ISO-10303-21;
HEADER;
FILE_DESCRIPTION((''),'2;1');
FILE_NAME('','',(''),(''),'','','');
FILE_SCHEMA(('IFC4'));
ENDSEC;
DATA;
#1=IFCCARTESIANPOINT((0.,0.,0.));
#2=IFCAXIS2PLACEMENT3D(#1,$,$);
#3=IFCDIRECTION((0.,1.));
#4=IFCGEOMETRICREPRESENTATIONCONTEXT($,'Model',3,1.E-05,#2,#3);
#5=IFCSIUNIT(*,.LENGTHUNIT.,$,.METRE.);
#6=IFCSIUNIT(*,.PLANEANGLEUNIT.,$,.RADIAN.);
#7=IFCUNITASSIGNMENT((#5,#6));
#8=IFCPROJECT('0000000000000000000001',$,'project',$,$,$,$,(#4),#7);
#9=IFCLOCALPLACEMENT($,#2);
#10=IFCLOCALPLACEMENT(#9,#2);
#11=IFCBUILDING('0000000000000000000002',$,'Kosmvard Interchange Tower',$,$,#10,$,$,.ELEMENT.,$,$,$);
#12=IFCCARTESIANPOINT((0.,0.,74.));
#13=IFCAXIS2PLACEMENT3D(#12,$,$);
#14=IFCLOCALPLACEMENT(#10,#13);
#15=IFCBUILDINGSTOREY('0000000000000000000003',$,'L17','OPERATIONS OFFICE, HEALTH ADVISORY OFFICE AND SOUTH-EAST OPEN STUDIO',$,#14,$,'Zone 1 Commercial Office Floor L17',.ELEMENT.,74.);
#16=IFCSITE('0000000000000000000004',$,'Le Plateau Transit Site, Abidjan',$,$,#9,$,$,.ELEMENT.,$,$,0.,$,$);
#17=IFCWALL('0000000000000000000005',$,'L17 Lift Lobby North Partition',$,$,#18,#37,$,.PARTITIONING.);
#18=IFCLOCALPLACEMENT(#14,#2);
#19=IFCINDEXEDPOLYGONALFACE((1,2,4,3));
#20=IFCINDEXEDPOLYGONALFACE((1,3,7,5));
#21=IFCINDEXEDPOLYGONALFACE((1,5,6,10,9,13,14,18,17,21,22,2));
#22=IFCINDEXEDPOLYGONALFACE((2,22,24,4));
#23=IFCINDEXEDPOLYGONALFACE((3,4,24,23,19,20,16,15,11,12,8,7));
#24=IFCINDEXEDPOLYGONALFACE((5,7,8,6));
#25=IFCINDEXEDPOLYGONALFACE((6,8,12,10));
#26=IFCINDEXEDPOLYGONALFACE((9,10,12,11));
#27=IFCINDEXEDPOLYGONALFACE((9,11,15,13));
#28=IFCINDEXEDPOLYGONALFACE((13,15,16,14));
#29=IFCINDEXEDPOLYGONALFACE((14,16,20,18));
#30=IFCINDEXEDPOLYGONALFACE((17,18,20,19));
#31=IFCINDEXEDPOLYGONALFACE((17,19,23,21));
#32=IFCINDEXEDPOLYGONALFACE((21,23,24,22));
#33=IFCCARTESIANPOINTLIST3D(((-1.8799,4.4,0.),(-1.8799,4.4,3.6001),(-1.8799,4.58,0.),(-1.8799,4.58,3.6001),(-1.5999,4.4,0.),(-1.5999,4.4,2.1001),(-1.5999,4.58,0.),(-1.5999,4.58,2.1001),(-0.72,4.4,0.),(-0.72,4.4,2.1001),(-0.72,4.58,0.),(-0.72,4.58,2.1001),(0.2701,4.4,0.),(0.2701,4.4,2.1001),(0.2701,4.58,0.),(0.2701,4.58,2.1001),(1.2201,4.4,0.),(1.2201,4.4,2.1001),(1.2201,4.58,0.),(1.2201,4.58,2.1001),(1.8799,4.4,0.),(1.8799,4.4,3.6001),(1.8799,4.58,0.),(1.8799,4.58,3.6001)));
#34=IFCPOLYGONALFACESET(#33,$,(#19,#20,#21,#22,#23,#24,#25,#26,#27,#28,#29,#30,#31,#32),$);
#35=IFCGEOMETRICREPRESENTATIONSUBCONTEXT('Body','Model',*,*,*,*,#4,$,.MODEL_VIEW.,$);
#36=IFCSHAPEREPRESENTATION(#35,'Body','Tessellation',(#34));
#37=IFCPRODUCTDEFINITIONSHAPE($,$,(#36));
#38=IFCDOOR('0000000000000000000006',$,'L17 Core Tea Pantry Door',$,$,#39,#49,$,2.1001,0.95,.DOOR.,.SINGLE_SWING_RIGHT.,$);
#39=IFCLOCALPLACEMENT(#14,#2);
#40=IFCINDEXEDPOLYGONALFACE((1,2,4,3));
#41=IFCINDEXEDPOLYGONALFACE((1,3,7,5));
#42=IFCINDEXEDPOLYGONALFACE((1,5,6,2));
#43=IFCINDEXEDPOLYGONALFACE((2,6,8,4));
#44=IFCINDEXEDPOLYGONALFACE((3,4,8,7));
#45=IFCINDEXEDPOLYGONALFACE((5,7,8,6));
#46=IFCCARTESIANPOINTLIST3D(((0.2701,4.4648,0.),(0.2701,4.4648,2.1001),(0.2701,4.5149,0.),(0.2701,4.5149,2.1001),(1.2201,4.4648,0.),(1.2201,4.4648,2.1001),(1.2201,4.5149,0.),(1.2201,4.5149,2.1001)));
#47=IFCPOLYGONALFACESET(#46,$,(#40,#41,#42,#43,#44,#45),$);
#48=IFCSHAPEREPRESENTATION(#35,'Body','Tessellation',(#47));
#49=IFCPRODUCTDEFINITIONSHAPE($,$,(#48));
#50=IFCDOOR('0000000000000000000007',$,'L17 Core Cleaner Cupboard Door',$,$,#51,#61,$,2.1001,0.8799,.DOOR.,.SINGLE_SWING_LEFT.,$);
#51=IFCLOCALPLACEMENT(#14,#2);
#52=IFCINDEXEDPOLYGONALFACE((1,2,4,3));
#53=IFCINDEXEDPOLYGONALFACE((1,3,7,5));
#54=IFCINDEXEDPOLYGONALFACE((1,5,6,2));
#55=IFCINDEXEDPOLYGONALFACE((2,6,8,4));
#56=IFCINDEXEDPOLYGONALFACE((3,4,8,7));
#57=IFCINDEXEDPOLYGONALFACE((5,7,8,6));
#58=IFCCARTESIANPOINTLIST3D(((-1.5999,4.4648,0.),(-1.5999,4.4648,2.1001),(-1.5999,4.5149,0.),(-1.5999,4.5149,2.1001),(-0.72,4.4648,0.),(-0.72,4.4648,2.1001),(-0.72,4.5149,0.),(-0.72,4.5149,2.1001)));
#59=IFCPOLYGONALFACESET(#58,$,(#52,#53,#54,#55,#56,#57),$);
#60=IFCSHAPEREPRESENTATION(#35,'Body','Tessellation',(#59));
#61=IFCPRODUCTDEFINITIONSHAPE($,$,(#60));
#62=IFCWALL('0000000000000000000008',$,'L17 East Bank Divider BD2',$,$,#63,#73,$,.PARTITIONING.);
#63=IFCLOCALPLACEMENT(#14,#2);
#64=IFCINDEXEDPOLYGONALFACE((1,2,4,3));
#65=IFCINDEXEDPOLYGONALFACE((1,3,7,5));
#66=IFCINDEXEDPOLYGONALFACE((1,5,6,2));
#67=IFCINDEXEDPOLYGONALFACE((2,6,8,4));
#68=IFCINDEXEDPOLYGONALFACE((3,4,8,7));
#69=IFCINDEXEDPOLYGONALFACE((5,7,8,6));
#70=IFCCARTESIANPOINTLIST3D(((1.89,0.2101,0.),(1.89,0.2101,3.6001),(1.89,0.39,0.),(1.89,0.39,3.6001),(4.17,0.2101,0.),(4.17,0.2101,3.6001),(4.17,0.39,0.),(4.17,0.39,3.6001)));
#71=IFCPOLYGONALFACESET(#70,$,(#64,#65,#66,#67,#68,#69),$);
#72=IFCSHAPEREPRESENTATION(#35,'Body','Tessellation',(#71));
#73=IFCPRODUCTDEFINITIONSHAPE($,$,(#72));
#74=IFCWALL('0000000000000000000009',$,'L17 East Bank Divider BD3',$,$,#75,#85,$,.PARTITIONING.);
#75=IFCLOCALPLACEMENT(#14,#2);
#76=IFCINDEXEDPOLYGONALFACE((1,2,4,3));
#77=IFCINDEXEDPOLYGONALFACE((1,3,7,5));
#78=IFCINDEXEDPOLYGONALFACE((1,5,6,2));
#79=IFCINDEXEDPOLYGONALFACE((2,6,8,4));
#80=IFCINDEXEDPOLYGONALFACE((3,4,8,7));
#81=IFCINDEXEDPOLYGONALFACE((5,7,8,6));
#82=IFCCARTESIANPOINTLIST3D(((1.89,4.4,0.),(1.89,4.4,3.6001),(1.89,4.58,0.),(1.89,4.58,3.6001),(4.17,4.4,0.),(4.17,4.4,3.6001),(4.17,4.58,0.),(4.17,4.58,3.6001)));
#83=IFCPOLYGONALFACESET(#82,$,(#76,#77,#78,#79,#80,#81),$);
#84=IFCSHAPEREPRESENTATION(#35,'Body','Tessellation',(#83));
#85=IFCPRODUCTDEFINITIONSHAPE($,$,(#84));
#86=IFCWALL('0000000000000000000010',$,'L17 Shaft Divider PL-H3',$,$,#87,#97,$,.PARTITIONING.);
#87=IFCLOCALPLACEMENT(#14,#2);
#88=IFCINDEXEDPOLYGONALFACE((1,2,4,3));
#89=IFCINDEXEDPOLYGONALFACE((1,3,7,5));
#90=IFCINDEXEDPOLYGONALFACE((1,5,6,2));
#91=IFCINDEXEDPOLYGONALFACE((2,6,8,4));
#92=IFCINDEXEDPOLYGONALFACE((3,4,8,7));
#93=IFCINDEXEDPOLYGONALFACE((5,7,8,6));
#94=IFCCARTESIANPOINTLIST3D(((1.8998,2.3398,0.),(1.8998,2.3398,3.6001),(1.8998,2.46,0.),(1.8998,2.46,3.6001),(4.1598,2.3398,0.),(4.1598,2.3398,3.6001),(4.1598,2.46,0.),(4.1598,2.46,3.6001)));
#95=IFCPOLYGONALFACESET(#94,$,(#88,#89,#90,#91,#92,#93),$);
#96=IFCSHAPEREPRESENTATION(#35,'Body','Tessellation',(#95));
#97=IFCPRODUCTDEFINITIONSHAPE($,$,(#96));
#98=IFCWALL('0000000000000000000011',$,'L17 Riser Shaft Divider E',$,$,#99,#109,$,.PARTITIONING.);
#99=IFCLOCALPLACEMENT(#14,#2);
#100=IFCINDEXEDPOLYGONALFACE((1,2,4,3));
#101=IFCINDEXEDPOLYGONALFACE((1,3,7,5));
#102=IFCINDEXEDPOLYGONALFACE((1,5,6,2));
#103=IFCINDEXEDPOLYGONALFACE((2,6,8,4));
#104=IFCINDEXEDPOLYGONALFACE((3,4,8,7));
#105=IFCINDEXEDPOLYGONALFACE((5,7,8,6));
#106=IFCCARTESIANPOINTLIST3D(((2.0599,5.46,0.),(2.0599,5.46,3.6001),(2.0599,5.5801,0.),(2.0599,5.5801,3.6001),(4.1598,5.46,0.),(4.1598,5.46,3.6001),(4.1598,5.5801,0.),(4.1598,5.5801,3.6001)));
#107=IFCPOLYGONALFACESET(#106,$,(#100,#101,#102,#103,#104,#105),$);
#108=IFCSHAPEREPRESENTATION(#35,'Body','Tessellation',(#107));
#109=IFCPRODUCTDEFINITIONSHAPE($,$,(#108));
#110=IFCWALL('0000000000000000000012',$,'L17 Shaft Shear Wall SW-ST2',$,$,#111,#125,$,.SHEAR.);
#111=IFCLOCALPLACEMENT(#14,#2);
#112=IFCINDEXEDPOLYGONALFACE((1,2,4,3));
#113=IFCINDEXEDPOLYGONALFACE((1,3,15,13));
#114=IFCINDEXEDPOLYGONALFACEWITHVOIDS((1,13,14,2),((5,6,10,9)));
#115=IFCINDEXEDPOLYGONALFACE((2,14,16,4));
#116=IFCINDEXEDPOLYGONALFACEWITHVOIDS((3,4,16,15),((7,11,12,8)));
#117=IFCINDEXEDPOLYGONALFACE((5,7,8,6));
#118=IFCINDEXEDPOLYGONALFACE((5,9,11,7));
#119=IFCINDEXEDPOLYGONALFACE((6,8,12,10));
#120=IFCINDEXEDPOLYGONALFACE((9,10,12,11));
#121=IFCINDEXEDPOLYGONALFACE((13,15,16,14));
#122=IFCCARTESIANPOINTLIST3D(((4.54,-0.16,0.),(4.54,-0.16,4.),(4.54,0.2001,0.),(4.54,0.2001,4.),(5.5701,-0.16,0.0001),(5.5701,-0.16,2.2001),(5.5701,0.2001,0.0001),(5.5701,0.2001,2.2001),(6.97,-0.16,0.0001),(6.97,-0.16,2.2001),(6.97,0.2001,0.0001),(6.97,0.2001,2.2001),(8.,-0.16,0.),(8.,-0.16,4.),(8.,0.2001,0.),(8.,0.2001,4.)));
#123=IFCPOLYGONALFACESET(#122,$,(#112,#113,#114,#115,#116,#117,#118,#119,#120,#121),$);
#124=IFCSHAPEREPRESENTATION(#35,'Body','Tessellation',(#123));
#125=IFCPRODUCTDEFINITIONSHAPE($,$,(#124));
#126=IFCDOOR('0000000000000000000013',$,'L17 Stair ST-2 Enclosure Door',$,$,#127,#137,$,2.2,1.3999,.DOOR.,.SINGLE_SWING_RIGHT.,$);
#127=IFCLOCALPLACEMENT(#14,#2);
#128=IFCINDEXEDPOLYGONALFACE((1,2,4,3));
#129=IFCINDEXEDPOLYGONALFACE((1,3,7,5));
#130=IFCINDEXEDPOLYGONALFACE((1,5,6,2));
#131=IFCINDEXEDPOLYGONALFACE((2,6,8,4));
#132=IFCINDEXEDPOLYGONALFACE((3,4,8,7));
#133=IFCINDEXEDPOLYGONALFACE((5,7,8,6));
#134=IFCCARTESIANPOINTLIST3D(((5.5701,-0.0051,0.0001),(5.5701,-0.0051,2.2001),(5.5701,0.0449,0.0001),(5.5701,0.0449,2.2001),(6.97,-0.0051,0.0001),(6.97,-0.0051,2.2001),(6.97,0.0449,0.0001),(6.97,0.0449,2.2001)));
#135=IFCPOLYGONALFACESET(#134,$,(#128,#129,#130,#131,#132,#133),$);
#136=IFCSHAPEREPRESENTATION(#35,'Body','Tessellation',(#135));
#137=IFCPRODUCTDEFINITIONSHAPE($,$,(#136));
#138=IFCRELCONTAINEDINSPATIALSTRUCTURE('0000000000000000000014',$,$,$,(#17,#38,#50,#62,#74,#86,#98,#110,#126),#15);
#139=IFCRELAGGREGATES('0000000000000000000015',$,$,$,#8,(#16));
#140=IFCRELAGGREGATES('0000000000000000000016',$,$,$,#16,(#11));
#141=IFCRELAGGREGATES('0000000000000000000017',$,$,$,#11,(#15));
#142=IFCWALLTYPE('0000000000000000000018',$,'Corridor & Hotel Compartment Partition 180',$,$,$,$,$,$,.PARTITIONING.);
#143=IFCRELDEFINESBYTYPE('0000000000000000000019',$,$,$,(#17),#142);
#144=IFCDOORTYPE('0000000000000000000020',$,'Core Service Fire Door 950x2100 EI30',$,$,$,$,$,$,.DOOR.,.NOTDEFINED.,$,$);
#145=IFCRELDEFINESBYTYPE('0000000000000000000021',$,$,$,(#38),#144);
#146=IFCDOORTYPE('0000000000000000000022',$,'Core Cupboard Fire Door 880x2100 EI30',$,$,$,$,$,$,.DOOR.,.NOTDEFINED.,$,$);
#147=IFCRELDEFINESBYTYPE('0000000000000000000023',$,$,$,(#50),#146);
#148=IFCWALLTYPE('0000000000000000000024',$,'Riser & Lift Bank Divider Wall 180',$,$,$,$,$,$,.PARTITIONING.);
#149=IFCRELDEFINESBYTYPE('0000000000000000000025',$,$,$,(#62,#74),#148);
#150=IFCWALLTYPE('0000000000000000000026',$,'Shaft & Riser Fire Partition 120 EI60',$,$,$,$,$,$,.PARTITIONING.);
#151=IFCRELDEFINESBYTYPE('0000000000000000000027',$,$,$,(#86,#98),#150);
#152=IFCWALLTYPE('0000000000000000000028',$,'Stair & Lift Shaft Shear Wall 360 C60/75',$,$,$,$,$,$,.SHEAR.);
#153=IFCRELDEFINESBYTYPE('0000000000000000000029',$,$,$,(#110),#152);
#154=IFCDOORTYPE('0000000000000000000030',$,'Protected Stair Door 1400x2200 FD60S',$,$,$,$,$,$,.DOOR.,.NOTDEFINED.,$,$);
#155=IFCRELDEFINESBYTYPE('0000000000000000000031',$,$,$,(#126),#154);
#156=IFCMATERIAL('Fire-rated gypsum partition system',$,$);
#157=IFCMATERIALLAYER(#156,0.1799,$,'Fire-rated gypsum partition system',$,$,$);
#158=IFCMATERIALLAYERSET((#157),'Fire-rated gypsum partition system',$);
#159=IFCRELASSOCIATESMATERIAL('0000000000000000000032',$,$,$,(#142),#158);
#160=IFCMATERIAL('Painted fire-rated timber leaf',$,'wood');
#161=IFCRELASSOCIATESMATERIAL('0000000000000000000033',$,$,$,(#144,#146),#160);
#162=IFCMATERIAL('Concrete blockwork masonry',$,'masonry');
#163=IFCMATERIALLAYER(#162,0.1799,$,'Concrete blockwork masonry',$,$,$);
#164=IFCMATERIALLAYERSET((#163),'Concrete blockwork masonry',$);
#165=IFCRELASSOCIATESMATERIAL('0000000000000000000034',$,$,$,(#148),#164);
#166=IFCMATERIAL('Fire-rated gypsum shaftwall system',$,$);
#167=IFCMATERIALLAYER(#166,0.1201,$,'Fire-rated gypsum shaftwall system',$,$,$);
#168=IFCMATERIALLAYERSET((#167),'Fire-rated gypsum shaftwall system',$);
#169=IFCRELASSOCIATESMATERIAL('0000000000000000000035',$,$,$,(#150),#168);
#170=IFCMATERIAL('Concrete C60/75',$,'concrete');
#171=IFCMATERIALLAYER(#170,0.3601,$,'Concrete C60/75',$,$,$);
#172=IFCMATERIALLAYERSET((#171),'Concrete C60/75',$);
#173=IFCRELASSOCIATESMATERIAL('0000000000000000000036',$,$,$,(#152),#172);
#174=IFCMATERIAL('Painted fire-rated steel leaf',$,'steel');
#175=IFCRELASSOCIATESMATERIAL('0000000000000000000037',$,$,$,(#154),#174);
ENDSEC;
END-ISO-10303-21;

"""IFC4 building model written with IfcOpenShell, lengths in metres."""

from ifc_helpers import new_model, si_unit, direction, frame, frame_2d, origin, place, context, subcontext, project, spatial, rectangle, extrude, source, transform, mapped, material, layer, layer_set, type_object, element, fill, save


model = new_model("IFC4")

# Units and contexts
model_context = context("Model", 3, precision=1e-05, world=origin(), true_north=direction((0.0, 1.0)))
body_context = subcontext(model_context, "Body", "Model", "MODEL_VIEW")
ifc_project = project(units=[si_unit("LENGTHUNIT", "METRE"), si_unit("PLANEANGLEUNIT", "RADIAN")], contexts=[model_context])

# Site, building, storey
site_placement = place(None, origin())
site = spatial("IfcSite", under=ifc_project, at=site_placement, Name="Le Plateau Transit Site, Abidjan", CompositionType="ELEMENT", RefElevation=0.0)
building_placement = place(site_placement, origin())
building = spatial("IfcBuilding", under=site, at=building_placement, Name="Kosmvard Interchange Tower", CompositionType="ELEMENT")
storey_placement = place(building_placement, frame((0.0, 0.0, 74.0)))
storey = spatial("IfcBuildingStorey", under=building, at=storey_placement, Name="L17", Description="OPERATIONS OFFICE, HEALTH ADVISORY OFFICE AND SOUTH-EAST OPEN STUDIO", LongName="Zone 1 Commercial Office Floor L17", CompositionType="ELEMENT", Elevation=74.0)

# Shared definitions
ifc_material_1 = material(Name="Concrete C60/75", Category="concrete")

# Shared definitions
ifc_material_2 = material(Name="Fire-rated gypsum partition system")
ifc_material_3 = material(Name="Concrete blockwork masonry", Category="masonry")

# Wall, openings, doors
ifc_layer_1 = layer(ifc_material_2, 0.1799, Name="Fire-rated gypsum partition system")
ifc_layer_set_1 = layer_set([ifc_layer_1], Name="Fire-rated gypsum partition system")
wall_type_1 = type_object("IfcWallType", Name="Corridor & Hotel Compartment Partition 180", PredefinedType="PARTITIONING", material=ifc_layer_set_1)
wall_1_placement = place(storey_placement, frame((-1.8799, 4.49, 0.0), z_axis=(0.0, 0.0, 1.0), x_axis=(1.0, 0.0, 0.0)))
wall_1 = element("IfcWall", 1, at=wall_1_placement, inside=storey, type_object=wall_type_1, Name="L17 Lift Lobby North Partition", PredefinedType="PARTITIONING", context=body_context, shape_type="SweptSolid", body=[
    extrude(rectangle(XDim=3.7598, YDim=0.1799, at=frame_2d((1.8799, 0.0))), origin(), (0.0, 0.0, 1.0), 3.6001),
])
opening_1_placement = place(wall_1_placement, frame((0.28, 0.0, 0.0)))
opening_1 = element("IfcOpeningElement", 2, at=opening_1_placement, cuts=wall_1, PredefinedType="OPENING", context=body_context, shape_type="SweptSolid", body=[
    extrude(rectangle(XDim=0.8799, YDim=2.1001, at=frame_2d((0.4399, 1.05))), frame((0.0, 0.1001, 0.0), z_axis=(0.0, -1.0, 0.0), x_axis=(1.0, 0.0, 0.0)), (0.0, 0.0, 1.0), 0.2),
])
opening_2_placement = place(wall_1_placement, frame((2.1499, 0.0, 0.0)))
opening_2 = element("IfcOpeningElement", 3, at=opening_2_placement, cuts=wall_1, PredefinedType="OPENING", context=body_context, shape_type="SweptSolid", body=[
    extrude(rectangle(XDim=0.95, YDim=2.1001, at=frame_2d((0.4751, 1.05))), frame((0.0, 0.1001, 0.0), z_axis=(0.0, -1.0, 0.0), x_axis=(1.0, 0.0, 0.0)), (0.0, 0.0, 1.0), 0.2),
])
ifc_material_4 = material(Name="Painted fire-rated timber leaf", Category="wood")
door_type_1 = type_object("IfcDoorType", Name="Core Service Fire Door 950x2100 EI30", OperationType="NOTDEFINED", PredefinedType="DOOR", material=ifc_material_4)
shared_shape_1 = source(origin(), body_context, "Body", "SweptSolid", [
    extrude(rectangle(XDim=0.95, YDim=2.1001, at=frame_2d((0.4751, 1.05))), frame((0.0, 0.0249, 0.0), z_axis=(0.0, -1.0, 0.0), x_axis=(1.0, 0.0, 0.0)), (0.0, 0.0, 1.0), 0.05),
])
door_1_placement = place(opening_2_placement, origin())
door_1 = element("IfcDoor", 4, at=door_1_placement, inside=storey, type_object=door_type_1, Name="L17 Core Tea Pantry Door", OperationType="SINGLE_SWING_RIGHT", OverallHeight=2.1001, OverallWidth=0.95, PredefinedType="DOOR", context=body_context, shape_type="MappedRepresentation", body=[
    mapped(shared_shape_1, transform((0.0, 0.0, 0.0), scale=1.0)),
])
fill(opening_2, door_1)
door_type_2 = type_object("IfcDoorType", Name="Core Cupboard Fire Door 880x2100 EI30", OperationType="NOTDEFINED", PredefinedType="DOOR", material=ifc_material_4)
shared_shape_2 = source(origin(), body_context, "Body", "SweptSolid", [
    extrude(rectangle(XDim=0.8799, YDim=2.1001, at=frame_2d((0.4399, 1.05))), frame((0.0, 0.0249, 0.0), z_axis=(0.0, -1.0, 0.0), x_axis=(1.0, 0.0, 0.0)), (0.0, 0.0, 1.0), 0.05),
])
door_2_placement = place(opening_1_placement, origin())
door_2 = element("IfcDoor", 5, at=door_2_placement, inside=storey, type_object=door_type_2, Name="L17 Core Cleaner Cupboard Door", OperationType="SINGLE_SWING_LEFT", OverallHeight=2.1001, OverallWidth=0.8799, PredefinedType="DOOR", context=body_context, shape_type="MappedRepresentation", body=[
    mapped(shared_shape_2, transform((0.0, 0.0, 0.0), scale=1.0)),
])
fill(opening_1, door_2)

# Walls
ifc_layer_2 = layer(ifc_material_3, 0.1799, Name="Concrete blockwork masonry")
ifc_layer_set_2 = layer_set([ifc_layer_2], Name="Concrete blockwork masonry")
wall_type_2 = type_object("IfcWallType", Name="Riser & Lift Bank Divider Wall 180", PredefinedType="PARTITIONING", material=ifc_layer_set_2)
for number, where, z_axis, x_axis, name in (
    (6, (1.8899, 0.3, 0.0), (0.0, 0.0, 1.0), (1.0, 0.0, 0.0), "L17 East Bank Divider BD2"),
    (7, (1.8899, 4.49, 0.0), (0.0, 0.0, 1.0), (1.0, 0.0, 0.0), "L17 East Bank Divider BD3"),
):
    element("IfcWall", number, at=place(storey_placement, frame(where, z_axis=z_axis, x_axis=x_axis)), inside=storey, type_object=wall_type_2, Name=name, PredefinedType="PARTITIONING", context=body_context, shape_type="SweptSolid", body=[
        extrude(rectangle(XDim=2.28, YDim=0.1799, at=frame_2d((1.1401, 0.0))), origin(), (0.0, 0.0, 1.0), 3.6001),
    ])
ifc_material_5 = material(Name="Fire-rated gypsum shaftwall system")
ifc_layer_3 = layer(ifc_material_5, 0.1201, Name="Fire-rated gypsum shaftwall system")
ifc_layer_set_3 = layer_set([ifc_layer_3], Name="Fire-rated gypsum shaftwall system")
wall_type_3 = type_object("IfcWallType", Name="Shaft & Riser Fire Partition 120 EI60", PredefinedType="PARTITIONING", material=ifc_layer_set_3)
wall_2_placement = place(storey_placement, frame((1.8999, 2.3999, 0.0), z_axis=(0.0, 0.0, 1.0), x_axis=(1.0, 0.0, 0.0)))
element("IfcWall", 8, at=wall_2_placement, inside=storey, type_object=wall_type_3, Name="L17 Shaft Divider PL-H3", PredefinedType="PARTITIONING", context=body_context, shape_type="SweptSolid", body=[
    extrude(rectangle(XDim=2.26, YDim=0.1201, at=frame_2d((1.1299, 0.0))), origin(), (0.0, 0.0, 1.0), 3.6001),
])
wall_3_placement = place(storey_placement, frame((2.0601, 5.52, 0.0), z_axis=(0.0, 0.0, 1.0), x_axis=(1.0, 0.0, 0.0)))
element("IfcWall", 9, at=wall_3_placement, inside=storey, type_object=wall_type_3, Name="L17 Riser Shaft Divider E", PredefinedType="PARTITIONING", context=body_context, shape_type="SweptSolid", body=[
    extrude(rectangle(XDim=2.0999, YDim=0.1201, at=frame_2d((1.0498, 0.0))), origin(), (0.0, 0.0, 1.0), 3.6001),
])

# Wall, opening, door
ifc_layer_4 = layer(ifc_material_1, 0.3601, Name="Concrete C60/75")
ifc_layer_set_4 = layer_set([ifc_layer_4], Name="Concrete C60/75")
wall_type_4 = type_object("IfcWallType", Name="Stair & Lift Shaft Shear Wall 360 C60/75", PredefinedType="SHEAR", material=ifc_layer_set_4)
wall_4_placement = place(storey_placement, frame((4.54, 0.02, 0.0), z_axis=(0.0, 0.0, 1.0), x_axis=(1.0, 0.0, 0.0)))
wall_4 = element("IfcWall", 10, at=wall_4_placement, inside=storey, type_object=wall_type_4, Name="L17 Shaft Shear Wall SW-ST2", PredefinedType="SHEAR", context=body_context, shape_type="SweptSolid", body=[
    extrude(rectangle(XDim=3.46, YDim=0.3601, at=frame_2d((1.73, 0.0))), origin(), (0.0, 0.0, 1.0), 4.0),
])
opening_3_placement = place(wall_4_placement, frame((1.03, 0.0, 0.0)))
opening_3 = element("IfcOpeningElement", 11, at=opening_3_placement, cuts=wall_4, PredefinedType="OPENING", context=body_context, shape_type="SweptSolid", body=[
    extrude(rectangle(XDim=1.3999, YDim=2.2, at=frame_2d((0.7, 1.1001))), frame((0.0, 0.1899, 0.0), z_axis=(0.0, -1.0, 0.0), x_axis=(1.0, 0.0, 0.0)), (0.0, 0.0, 1.0), 0.3801),
])
ifc_material_6 = material(Name="Painted fire-rated steel leaf", Category="steel")
door_type_3 = type_object("IfcDoorType", Name="Protected Stair Door 1400x2200 FD60S", OperationType="NOTDEFINED", PredefinedType="DOOR", material=ifc_material_6)
shared_shape_3 = source(origin(), body_context, "Body", "SweptSolid", [
    extrude(rectangle(XDim=1.3999, YDim=2.2, at=frame_2d((0.7, 1.1001))), frame((0.0, 0.0249, 0.0), z_axis=(0.0, -1.0, 0.0), x_axis=(1.0, 0.0, 0.0)), (0.0, 0.0, 1.0), 0.05),
])
door_3_placement = place(opening_3_placement, origin())
door_3 = element("IfcDoor", 12, at=door_3_placement, inside=storey, type_object=door_type_3, Name="L17 Stair ST-2 Enclosure Door", OperationType="SINGLE_SWING_RIGHT", OverallHeight=2.2, OverallWidth=1.3999, PredefinedType="DOOR", context=body_context, shape_type="MappedRepresentation", body=[
    mapped(shared_shape_3, transform((0.0, 0.0, 0.0), scale=1.0)),
])
fill(opening_3, door_3)

save(model, "model.ifc")
